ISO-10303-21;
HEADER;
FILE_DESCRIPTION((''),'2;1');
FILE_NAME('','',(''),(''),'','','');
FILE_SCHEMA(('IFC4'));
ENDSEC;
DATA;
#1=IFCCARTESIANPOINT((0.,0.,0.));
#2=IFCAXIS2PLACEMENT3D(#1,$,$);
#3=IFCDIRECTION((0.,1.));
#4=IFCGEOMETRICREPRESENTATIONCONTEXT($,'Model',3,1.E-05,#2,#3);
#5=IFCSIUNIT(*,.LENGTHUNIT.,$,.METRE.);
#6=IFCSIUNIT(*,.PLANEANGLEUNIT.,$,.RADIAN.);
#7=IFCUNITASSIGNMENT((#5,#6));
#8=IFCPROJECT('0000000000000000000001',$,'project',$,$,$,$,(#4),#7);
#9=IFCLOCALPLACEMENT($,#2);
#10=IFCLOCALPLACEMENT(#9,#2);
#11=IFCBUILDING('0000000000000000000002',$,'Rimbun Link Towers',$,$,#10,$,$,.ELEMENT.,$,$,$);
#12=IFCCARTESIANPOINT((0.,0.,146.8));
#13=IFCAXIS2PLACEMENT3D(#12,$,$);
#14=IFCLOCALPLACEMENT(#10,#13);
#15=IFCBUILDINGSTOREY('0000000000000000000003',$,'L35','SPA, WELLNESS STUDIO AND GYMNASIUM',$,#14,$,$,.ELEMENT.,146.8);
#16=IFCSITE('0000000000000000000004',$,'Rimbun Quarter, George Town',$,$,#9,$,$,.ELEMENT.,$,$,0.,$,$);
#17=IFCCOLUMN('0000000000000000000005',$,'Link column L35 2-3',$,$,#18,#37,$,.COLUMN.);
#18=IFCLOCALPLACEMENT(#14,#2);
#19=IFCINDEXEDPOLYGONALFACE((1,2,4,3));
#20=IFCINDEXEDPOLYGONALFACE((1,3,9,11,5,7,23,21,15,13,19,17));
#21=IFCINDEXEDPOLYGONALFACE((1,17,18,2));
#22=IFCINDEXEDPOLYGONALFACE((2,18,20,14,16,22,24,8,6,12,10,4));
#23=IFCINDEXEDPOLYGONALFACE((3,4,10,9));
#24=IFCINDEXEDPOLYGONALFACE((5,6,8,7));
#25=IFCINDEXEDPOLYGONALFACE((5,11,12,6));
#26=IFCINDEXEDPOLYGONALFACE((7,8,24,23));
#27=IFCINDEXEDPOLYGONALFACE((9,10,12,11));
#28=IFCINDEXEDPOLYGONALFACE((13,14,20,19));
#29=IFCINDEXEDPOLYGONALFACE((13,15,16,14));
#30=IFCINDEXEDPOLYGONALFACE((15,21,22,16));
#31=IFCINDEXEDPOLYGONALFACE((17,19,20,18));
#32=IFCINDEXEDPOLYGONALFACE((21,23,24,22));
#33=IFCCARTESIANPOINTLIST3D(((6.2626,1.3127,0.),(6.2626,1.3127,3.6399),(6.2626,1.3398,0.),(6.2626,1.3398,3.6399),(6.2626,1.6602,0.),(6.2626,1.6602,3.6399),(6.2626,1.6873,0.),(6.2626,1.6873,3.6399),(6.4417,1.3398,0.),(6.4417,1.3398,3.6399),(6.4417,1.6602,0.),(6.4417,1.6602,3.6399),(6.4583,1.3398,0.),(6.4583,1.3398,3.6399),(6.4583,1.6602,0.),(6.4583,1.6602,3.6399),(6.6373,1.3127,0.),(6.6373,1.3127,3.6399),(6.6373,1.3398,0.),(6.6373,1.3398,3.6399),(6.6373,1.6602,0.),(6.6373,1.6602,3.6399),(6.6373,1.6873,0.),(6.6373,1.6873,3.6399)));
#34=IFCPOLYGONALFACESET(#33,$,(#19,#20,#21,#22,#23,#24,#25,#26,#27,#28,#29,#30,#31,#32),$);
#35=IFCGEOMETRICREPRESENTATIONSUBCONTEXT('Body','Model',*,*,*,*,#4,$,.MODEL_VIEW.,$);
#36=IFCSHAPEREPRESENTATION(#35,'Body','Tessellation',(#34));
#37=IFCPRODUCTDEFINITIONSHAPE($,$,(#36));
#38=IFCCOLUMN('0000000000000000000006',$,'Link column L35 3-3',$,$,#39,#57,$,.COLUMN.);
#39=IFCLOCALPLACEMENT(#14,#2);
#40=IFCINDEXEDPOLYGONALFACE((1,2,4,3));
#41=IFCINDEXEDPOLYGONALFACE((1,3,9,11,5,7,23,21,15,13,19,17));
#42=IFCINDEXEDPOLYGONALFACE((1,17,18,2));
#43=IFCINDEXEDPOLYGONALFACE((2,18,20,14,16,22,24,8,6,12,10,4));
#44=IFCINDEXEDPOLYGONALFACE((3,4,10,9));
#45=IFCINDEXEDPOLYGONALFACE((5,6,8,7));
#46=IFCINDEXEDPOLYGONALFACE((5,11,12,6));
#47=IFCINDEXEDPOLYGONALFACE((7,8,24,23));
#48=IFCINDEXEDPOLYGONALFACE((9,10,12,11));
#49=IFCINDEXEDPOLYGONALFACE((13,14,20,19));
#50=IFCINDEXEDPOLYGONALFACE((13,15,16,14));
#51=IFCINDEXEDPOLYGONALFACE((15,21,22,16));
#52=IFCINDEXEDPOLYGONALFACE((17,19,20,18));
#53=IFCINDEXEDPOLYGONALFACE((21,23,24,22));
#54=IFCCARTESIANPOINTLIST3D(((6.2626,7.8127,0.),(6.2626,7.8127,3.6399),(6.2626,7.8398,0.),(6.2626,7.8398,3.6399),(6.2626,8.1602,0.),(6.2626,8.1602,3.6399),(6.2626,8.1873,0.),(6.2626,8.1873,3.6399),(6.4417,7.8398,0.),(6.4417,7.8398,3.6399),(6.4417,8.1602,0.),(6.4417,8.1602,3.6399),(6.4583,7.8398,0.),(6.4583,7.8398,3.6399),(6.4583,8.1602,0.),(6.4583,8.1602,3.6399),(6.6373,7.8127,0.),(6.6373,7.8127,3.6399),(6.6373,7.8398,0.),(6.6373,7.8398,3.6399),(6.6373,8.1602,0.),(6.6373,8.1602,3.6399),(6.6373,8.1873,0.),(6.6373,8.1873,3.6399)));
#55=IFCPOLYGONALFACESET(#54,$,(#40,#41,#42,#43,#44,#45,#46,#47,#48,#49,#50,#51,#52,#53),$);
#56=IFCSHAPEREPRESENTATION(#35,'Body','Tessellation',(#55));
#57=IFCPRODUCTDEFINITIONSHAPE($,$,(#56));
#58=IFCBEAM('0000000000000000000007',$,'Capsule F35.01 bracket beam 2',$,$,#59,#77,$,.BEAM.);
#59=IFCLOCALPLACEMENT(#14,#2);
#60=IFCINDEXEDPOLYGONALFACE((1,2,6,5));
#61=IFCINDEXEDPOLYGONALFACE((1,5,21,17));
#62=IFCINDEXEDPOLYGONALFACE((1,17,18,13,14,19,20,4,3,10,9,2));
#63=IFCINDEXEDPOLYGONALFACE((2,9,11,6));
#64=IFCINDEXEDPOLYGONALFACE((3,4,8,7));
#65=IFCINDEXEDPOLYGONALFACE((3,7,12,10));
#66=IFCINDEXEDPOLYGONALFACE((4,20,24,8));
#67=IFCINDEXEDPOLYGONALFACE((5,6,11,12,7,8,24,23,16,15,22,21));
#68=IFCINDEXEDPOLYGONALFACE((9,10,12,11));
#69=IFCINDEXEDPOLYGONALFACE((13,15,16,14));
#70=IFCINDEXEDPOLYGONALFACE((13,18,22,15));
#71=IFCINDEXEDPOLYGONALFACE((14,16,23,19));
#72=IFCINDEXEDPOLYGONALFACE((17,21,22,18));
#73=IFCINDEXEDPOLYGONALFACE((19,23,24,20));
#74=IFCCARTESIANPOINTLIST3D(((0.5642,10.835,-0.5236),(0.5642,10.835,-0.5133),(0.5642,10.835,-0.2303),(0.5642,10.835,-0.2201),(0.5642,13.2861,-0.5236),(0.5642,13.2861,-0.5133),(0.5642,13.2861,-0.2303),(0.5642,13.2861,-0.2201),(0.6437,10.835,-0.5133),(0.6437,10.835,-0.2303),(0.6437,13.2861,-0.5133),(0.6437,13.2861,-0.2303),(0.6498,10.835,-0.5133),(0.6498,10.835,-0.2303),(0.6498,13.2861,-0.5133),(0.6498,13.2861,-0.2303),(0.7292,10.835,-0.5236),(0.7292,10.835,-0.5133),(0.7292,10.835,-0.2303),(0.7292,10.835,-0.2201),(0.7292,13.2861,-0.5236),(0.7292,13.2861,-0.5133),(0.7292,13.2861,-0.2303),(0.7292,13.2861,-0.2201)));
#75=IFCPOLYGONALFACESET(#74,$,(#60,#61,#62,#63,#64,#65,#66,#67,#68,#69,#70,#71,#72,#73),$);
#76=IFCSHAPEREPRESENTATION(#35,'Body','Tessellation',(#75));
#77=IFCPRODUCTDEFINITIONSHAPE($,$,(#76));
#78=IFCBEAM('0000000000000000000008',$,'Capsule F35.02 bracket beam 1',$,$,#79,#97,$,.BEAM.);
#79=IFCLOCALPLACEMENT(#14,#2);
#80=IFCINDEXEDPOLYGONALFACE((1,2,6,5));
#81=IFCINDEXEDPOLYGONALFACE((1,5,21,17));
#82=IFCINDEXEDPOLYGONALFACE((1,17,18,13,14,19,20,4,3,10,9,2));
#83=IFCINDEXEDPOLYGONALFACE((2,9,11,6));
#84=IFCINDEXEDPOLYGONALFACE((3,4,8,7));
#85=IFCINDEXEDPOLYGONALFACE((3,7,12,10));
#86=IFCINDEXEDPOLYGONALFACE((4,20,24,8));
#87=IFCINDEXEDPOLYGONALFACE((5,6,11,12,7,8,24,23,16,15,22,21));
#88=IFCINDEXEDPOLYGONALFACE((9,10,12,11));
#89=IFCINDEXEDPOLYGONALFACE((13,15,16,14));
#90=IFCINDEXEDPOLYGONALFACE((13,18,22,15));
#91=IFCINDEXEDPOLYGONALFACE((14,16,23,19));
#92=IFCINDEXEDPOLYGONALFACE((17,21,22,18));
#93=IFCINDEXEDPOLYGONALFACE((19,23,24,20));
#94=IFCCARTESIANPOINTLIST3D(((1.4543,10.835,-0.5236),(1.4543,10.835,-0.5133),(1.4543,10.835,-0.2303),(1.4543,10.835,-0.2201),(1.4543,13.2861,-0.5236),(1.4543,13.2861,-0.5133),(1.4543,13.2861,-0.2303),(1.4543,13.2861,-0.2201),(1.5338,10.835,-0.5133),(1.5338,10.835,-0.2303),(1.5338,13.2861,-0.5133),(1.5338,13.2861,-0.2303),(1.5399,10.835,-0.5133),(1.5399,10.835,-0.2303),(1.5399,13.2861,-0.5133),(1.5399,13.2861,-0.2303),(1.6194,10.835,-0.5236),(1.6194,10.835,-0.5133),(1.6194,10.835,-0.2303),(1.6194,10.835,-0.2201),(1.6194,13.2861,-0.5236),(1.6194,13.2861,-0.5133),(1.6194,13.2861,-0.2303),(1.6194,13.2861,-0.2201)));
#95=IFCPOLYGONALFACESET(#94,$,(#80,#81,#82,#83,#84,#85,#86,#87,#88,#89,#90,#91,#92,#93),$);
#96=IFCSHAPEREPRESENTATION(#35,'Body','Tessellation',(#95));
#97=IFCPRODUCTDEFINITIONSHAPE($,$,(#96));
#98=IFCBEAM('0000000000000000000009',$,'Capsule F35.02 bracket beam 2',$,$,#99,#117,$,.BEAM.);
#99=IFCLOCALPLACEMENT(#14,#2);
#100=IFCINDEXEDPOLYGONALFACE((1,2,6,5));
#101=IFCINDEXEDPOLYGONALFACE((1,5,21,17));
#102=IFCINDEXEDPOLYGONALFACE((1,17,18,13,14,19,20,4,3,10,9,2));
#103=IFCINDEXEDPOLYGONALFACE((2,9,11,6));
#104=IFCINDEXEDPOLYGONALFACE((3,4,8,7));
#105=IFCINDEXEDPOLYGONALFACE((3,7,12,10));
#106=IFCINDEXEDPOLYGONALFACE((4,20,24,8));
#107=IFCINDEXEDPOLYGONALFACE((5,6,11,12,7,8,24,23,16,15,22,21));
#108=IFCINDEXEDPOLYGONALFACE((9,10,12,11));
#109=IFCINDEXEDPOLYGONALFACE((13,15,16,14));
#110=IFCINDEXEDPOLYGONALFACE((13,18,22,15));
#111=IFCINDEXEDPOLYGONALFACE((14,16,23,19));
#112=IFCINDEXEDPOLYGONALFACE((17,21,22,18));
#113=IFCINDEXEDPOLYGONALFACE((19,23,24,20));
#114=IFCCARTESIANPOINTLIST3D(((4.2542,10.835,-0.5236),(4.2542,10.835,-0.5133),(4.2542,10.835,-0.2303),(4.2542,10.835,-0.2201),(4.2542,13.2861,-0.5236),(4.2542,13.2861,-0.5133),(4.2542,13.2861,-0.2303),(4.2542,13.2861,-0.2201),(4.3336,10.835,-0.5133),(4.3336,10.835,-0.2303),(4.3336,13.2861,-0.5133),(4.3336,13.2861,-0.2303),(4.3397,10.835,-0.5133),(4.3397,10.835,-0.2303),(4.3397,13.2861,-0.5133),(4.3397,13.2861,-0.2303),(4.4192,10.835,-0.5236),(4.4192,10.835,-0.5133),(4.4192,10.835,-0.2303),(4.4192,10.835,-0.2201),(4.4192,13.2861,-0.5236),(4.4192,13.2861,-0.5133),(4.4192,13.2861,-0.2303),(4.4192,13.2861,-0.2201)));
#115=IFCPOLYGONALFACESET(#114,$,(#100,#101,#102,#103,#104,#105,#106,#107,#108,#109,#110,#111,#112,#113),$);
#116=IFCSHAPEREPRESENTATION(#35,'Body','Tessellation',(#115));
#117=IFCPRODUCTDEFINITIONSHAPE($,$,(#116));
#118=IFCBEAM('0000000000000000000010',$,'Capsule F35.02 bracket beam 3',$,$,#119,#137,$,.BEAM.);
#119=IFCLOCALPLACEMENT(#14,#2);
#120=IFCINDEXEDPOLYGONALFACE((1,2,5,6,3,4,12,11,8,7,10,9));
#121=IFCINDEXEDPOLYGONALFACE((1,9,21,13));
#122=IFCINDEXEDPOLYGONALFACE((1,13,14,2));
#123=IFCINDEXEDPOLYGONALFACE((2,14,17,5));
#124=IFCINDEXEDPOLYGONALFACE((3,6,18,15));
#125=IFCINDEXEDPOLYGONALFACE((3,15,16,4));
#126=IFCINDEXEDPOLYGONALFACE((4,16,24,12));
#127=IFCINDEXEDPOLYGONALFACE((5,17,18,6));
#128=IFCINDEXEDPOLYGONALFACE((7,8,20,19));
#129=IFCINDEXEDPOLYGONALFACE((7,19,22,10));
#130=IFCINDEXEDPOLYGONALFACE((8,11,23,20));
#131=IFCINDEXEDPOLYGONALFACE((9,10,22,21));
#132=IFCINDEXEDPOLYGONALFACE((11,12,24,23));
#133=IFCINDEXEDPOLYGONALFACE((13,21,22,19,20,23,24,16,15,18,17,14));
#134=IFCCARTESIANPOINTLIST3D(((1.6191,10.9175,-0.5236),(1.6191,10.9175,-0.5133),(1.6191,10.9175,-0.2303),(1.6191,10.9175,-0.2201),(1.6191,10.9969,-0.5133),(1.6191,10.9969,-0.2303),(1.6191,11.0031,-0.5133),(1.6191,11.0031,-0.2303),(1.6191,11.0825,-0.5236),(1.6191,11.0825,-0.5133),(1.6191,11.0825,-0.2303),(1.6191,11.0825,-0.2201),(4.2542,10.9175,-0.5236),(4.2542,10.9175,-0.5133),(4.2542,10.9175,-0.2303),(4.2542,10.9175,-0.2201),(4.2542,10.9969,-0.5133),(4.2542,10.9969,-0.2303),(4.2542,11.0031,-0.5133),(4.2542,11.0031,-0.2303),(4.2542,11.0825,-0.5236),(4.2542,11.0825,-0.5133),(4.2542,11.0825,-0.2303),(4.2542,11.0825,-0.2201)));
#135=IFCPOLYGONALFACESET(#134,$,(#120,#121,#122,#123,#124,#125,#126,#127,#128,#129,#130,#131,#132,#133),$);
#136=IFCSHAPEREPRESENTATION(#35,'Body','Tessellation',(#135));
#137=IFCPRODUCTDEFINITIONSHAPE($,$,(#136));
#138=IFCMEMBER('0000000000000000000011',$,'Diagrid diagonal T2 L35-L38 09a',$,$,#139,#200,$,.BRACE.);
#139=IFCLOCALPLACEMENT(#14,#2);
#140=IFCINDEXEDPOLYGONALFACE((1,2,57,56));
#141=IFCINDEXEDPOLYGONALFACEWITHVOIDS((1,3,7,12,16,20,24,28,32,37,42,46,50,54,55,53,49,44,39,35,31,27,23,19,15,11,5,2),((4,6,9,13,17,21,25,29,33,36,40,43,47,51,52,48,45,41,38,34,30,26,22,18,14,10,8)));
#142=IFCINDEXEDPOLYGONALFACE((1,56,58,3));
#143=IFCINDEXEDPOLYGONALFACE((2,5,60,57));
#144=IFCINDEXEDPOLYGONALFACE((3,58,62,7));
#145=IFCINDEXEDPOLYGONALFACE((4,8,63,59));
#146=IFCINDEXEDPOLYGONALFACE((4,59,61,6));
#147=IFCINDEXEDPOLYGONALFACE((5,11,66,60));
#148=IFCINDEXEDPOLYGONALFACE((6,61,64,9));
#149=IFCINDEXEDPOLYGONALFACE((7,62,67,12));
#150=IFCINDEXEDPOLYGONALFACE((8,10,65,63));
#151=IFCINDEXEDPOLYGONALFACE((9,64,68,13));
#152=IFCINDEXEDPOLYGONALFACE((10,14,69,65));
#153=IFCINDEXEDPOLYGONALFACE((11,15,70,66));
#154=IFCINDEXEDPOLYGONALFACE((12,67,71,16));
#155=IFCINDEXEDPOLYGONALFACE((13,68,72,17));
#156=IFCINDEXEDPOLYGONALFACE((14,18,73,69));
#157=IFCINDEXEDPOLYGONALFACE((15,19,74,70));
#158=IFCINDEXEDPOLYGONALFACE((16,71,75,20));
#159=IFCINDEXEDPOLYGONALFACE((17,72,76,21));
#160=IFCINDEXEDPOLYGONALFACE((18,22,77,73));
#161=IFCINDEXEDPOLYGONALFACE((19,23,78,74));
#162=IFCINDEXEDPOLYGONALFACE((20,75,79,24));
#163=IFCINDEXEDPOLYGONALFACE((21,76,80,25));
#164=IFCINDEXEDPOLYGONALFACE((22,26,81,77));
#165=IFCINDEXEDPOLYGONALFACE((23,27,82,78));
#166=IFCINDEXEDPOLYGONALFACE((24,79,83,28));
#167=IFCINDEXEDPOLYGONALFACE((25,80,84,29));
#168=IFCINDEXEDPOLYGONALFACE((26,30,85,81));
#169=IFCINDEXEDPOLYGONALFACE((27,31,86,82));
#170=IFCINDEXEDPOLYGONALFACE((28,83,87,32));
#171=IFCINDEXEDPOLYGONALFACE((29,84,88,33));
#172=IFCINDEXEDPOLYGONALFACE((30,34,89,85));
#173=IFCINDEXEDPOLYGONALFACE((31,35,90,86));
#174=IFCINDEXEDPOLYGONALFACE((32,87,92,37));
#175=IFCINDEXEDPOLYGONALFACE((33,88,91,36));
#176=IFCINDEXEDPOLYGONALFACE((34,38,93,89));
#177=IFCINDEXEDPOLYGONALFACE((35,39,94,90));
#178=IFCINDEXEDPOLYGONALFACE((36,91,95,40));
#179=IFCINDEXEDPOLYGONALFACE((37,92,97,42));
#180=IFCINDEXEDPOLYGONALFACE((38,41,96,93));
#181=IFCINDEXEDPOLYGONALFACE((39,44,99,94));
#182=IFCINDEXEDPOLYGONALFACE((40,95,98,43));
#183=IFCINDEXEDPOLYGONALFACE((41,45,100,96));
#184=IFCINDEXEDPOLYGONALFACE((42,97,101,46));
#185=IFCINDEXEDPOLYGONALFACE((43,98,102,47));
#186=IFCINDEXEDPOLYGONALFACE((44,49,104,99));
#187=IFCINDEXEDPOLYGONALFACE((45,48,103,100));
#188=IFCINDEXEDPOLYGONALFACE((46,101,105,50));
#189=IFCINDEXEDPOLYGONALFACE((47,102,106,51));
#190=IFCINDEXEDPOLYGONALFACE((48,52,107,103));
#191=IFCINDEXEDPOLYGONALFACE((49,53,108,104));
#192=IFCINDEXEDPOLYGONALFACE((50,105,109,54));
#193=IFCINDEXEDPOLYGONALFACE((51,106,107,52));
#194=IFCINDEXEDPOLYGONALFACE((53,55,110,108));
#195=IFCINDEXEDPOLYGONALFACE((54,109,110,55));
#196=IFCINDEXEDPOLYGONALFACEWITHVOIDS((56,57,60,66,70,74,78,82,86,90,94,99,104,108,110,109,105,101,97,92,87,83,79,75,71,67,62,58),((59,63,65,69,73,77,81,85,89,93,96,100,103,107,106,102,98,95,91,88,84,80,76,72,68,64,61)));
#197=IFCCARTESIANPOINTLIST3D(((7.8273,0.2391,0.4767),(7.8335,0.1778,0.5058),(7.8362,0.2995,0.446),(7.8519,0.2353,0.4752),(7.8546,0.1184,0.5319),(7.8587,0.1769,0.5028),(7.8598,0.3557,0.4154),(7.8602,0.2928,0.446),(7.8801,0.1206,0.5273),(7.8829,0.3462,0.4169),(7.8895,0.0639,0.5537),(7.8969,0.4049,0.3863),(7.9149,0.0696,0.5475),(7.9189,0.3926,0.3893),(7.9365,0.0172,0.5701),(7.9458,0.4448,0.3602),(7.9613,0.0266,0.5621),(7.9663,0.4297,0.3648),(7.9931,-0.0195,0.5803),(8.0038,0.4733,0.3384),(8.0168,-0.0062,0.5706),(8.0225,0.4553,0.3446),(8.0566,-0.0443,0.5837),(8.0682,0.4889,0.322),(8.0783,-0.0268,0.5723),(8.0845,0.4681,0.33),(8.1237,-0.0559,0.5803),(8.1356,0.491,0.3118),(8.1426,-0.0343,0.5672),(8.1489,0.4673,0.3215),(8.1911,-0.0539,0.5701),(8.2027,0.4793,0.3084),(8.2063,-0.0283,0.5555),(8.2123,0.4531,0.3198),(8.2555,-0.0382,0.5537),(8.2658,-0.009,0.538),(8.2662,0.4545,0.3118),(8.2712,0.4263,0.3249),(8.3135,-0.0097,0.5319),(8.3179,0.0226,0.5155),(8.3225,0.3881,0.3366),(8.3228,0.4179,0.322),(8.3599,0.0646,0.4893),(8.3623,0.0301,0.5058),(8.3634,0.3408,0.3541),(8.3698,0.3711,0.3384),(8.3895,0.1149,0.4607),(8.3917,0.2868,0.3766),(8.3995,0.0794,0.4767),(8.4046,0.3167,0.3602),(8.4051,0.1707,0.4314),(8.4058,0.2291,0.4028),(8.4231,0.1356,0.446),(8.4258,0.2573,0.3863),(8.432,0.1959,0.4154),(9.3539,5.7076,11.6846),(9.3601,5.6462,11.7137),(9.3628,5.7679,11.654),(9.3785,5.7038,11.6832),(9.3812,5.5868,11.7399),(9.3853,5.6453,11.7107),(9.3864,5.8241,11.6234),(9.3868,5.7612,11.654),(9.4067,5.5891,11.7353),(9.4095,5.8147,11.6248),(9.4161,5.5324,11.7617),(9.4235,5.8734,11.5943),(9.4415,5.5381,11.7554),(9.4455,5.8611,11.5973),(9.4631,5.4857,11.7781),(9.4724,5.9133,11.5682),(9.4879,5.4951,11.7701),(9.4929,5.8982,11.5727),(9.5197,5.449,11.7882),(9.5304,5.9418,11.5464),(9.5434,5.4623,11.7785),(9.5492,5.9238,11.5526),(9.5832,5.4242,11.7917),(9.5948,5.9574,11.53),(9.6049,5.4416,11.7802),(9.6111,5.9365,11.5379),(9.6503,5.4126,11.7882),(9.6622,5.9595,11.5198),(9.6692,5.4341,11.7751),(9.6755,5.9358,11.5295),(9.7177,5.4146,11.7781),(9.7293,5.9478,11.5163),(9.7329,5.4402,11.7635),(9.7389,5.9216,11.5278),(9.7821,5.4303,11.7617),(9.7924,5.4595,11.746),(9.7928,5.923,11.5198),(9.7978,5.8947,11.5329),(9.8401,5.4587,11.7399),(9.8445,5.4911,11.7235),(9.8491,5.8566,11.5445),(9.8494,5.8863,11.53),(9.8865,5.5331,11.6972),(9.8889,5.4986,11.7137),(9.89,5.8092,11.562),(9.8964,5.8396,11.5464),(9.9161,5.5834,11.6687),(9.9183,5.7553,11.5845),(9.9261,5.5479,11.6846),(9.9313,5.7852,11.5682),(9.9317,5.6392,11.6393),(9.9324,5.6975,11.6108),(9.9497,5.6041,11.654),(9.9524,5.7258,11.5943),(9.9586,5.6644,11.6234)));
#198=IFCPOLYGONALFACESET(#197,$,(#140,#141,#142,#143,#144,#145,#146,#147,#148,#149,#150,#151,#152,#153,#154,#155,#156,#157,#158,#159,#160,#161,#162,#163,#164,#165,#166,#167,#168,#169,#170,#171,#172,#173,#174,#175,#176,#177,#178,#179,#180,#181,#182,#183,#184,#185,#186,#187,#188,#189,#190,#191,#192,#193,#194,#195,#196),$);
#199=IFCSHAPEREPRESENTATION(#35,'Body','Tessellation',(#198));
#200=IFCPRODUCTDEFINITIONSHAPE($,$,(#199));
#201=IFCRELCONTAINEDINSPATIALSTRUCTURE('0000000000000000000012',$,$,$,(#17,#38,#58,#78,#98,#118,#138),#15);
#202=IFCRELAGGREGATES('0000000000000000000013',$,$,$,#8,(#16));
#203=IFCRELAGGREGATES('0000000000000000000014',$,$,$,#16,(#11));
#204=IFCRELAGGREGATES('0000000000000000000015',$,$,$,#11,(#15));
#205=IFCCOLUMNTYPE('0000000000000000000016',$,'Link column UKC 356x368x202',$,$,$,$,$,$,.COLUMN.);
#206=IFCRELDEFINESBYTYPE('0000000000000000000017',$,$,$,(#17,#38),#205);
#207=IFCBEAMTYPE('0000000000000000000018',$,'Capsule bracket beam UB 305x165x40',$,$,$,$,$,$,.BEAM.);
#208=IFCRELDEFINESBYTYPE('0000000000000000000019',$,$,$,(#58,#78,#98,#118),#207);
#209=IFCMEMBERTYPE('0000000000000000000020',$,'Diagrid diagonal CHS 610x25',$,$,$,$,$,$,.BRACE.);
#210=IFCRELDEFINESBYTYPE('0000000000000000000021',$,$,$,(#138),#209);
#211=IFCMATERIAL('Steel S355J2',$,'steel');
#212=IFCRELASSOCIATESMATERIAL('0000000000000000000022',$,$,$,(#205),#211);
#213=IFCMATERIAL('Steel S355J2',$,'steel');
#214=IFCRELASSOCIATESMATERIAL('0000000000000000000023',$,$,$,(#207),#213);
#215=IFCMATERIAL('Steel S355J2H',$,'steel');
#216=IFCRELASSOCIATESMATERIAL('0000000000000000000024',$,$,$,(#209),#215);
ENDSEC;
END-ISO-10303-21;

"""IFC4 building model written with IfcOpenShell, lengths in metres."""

from ifc_helpers import new_model, si_unit, direction, frame, origin, origin_2d, place, context, subcontext, project, spatial, hollow_circle, i_section, extrude, material, material_profile, profile_set, type_object, element, save


model = new_model("IFC4")

# Units and contexts
model_context = context("Model", 3, precision=1e-05, world=origin(), true_north=direction((0.0, 1.0)))
body_context = subcontext(model_context, "Body", "Model", "MODEL_VIEW")
ifc_project = project(units=[si_unit("LENGTHUNIT", "METRE"), si_unit("PLANEANGLEUNIT", "RADIAN")], contexts=[model_context])

# Site, building, storey
site_placement = place(None, origin())
site = spatial("IfcSite", under=ifc_project, at=site_placement, Name="Rimbun Quarter, George Town", CompositionType="ELEMENT", RefElevation=0.0)
building_placement = place(site_placement, origin())
building = spatial("IfcBuilding", under=site, at=building_placement, Name="Rimbun Link Towers", CompositionType="ELEMENT")
storey_placement = place(building_placement, frame((0.0, 0.0, 146.8)))
storey = spatial("IfcBuildingStorey", under=building, at=storey_placement, Name="L35", Description="SPA, WELLNESS STUDIO AND GYMNASIUM", CompositionType="ELEMENT", Elevation=146.8)

# Columns
ifc_material_1 = material(Name="Steel S355J2", Category="steel")
ifc_material_profile_1 = material_profile(ifc_material_1, i_section(OverallWidth=0.3748, OverallDepth=0.3745, WebThickness=0.0166, FlangeThickness=0.0271, at=origin_2d()), Name="UKC 356x368x202")
ifc_profile_set_1 = profile_set([ifc_material_profile_1], Name="Steel S355J2")
column_type = type_object("IfcColumnType", Name="Link column UKC 356x368x202", PredefinedType="COLUMN", material=ifc_profile_set_1)
for number, where, z_axis, x_axis, name in (
    (1, (6.45, 1.5, 0.0), (0.0, 0.0, 1.0), (1.0, 0.0, 0.0), "Link column L35 2-3"),
    (2, (6.45, 8.0, 0.0), (0.0, 0.0, 1.0), (1.0, 0.0, 0.0), "Link column L35 3-3"),
):
    element("IfcColumn", number, at=place(storey_placement, frame(where, z_axis=z_axis, x_axis=x_axis)), inside=storey, type_object=column_type, Name=name, PredefinedType="COLUMN", context=body_context, shape_type="SweptSolid", body=[
        extrude(i_section(OverallWidth=0.3748, OverallDepth=0.3745, WebThickness=0.0166, FlangeThickness=0.0271, at=origin_2d()), origin(), (0.0, 0.0, 1.0), 3.6399),
    ])

# Beams
ifc_material_2 = material(Name="Steel S355J2", Category="steel")
ifc_material_profile_2 = material_profile(ifc_material_2, i_section(OverallWidth=0.165, OverallDepth=0.3035, WebThickness=0.0061, FlangeThickness=0.0103, at=origin_2d()), Name="UB 305x165x40")
ifc_profile_set_2 = profile_set([ifc_material_profile_2], Name="Steel S355J2")
beam_type_1 = type_object("IfcBeamType", Name="Capsule bracket beam UB 305x165x40", PredefinedType="BEAM", material=ifc_profile_set_2)
for number, where, z_axis, x_axis, name in (
    (3, (0.6467, 10.835, -0.3718), (0.0, 1.0, 0.0), (-1.0, 0.0, 0.0), "Capsule F35.01 bracket beam 2"),
    (4, (1.5369, 10.835, -0.3718), (0.0, 1.0, 0.0), (-1.0, 0.0, 0.0), "Capsule F35.02 bracket beam 1"),
    (5, (4.3367, 10.835, -0.3718), (0.0, 1.0, 0.0), (-1.0, 0.0, 0.0), "Capsule F35.02 bracket beam 2"),
):
    element("IfcBeam", number, at=place(storey_placement, frame(where, z_axis=z_axis, x_axis=x_axis)), inside=storey, type_object=beam_type_1, Name=name, PredefinedType="BEAM", context=body_context, shape_type="SweptSolid", body=[
        extrude(i_section(OverallWidth=0.165, OverallDepth=0.3035, WebThickness=0.0061, FlangeThickness=0.0103, at=origin_2d()), origin(), (0.0, 0.0, 1.0), 2.4512),
    ])
beam_1_placement = place(storey_placement, frame((1.6191, 11.0, -0.3718), z_axis=(1.0, 0.0, 0.0), x_axis=(0.0, 1.0, 0.0)))
element("IfcBeam", 6, at=beam_1_placement, inside=storey, type_object=beam_type_1, Name="Capsule F35.02 bracket beam 3", PredefinedType="BEAM", context=body_context, shape_type="SweptSolid", body=[
    extrude(i_section(OverallWidth=0.165, OverallDepth=0.3035, WebThickness=0.0061, FlangeThickness=0.0103, at=origin_2d()), origin(), (0.0, 0.0, 1.0), 2.635),
])

# Member
ifc_material_3 = material(Name="Steel S355J2H", Category="steel")
ifc_material_profile_3 = material_profile(ifc_material_3, hollow_circle(Radius=0.3047, WallThickness=0.0249, at=origin_2d()), Name="Diagrid diagonal CHS 610x25")
ifc_profile_set_3 = profile_set([ifc_material_profile_3], Name="Steel S355J2H")
member_type_1 = type_object("IfcMemberType", Name="Diagrid diagonal CHS 610x25", PredefinedType="BRACE", material=ifc_profile_set_3)
member_1_placement = place(storey_placement, frame((8.1296, 0.2175, 0.446), z_axis=(0.121507, 0.435251, 0.892072), x_axis=(-0.963173, 0.268883, 0.0)))
element("IfcMember", 7, at=member_1_placement, inside=storey, type_object=member_type_1, Name="Diagrid diagonal T2 L35-L38 09a", PredefinedType="BRACE", context=body_context, shape_type="SweptSolid", body=[
    extrude(hollow_circle(Radius=0.3047, WallThickness=0.0249, at=origin_2d()), origin(), (0.0, 0.0, 1.0), 12.564),
])

save(model, "model.ifc")
